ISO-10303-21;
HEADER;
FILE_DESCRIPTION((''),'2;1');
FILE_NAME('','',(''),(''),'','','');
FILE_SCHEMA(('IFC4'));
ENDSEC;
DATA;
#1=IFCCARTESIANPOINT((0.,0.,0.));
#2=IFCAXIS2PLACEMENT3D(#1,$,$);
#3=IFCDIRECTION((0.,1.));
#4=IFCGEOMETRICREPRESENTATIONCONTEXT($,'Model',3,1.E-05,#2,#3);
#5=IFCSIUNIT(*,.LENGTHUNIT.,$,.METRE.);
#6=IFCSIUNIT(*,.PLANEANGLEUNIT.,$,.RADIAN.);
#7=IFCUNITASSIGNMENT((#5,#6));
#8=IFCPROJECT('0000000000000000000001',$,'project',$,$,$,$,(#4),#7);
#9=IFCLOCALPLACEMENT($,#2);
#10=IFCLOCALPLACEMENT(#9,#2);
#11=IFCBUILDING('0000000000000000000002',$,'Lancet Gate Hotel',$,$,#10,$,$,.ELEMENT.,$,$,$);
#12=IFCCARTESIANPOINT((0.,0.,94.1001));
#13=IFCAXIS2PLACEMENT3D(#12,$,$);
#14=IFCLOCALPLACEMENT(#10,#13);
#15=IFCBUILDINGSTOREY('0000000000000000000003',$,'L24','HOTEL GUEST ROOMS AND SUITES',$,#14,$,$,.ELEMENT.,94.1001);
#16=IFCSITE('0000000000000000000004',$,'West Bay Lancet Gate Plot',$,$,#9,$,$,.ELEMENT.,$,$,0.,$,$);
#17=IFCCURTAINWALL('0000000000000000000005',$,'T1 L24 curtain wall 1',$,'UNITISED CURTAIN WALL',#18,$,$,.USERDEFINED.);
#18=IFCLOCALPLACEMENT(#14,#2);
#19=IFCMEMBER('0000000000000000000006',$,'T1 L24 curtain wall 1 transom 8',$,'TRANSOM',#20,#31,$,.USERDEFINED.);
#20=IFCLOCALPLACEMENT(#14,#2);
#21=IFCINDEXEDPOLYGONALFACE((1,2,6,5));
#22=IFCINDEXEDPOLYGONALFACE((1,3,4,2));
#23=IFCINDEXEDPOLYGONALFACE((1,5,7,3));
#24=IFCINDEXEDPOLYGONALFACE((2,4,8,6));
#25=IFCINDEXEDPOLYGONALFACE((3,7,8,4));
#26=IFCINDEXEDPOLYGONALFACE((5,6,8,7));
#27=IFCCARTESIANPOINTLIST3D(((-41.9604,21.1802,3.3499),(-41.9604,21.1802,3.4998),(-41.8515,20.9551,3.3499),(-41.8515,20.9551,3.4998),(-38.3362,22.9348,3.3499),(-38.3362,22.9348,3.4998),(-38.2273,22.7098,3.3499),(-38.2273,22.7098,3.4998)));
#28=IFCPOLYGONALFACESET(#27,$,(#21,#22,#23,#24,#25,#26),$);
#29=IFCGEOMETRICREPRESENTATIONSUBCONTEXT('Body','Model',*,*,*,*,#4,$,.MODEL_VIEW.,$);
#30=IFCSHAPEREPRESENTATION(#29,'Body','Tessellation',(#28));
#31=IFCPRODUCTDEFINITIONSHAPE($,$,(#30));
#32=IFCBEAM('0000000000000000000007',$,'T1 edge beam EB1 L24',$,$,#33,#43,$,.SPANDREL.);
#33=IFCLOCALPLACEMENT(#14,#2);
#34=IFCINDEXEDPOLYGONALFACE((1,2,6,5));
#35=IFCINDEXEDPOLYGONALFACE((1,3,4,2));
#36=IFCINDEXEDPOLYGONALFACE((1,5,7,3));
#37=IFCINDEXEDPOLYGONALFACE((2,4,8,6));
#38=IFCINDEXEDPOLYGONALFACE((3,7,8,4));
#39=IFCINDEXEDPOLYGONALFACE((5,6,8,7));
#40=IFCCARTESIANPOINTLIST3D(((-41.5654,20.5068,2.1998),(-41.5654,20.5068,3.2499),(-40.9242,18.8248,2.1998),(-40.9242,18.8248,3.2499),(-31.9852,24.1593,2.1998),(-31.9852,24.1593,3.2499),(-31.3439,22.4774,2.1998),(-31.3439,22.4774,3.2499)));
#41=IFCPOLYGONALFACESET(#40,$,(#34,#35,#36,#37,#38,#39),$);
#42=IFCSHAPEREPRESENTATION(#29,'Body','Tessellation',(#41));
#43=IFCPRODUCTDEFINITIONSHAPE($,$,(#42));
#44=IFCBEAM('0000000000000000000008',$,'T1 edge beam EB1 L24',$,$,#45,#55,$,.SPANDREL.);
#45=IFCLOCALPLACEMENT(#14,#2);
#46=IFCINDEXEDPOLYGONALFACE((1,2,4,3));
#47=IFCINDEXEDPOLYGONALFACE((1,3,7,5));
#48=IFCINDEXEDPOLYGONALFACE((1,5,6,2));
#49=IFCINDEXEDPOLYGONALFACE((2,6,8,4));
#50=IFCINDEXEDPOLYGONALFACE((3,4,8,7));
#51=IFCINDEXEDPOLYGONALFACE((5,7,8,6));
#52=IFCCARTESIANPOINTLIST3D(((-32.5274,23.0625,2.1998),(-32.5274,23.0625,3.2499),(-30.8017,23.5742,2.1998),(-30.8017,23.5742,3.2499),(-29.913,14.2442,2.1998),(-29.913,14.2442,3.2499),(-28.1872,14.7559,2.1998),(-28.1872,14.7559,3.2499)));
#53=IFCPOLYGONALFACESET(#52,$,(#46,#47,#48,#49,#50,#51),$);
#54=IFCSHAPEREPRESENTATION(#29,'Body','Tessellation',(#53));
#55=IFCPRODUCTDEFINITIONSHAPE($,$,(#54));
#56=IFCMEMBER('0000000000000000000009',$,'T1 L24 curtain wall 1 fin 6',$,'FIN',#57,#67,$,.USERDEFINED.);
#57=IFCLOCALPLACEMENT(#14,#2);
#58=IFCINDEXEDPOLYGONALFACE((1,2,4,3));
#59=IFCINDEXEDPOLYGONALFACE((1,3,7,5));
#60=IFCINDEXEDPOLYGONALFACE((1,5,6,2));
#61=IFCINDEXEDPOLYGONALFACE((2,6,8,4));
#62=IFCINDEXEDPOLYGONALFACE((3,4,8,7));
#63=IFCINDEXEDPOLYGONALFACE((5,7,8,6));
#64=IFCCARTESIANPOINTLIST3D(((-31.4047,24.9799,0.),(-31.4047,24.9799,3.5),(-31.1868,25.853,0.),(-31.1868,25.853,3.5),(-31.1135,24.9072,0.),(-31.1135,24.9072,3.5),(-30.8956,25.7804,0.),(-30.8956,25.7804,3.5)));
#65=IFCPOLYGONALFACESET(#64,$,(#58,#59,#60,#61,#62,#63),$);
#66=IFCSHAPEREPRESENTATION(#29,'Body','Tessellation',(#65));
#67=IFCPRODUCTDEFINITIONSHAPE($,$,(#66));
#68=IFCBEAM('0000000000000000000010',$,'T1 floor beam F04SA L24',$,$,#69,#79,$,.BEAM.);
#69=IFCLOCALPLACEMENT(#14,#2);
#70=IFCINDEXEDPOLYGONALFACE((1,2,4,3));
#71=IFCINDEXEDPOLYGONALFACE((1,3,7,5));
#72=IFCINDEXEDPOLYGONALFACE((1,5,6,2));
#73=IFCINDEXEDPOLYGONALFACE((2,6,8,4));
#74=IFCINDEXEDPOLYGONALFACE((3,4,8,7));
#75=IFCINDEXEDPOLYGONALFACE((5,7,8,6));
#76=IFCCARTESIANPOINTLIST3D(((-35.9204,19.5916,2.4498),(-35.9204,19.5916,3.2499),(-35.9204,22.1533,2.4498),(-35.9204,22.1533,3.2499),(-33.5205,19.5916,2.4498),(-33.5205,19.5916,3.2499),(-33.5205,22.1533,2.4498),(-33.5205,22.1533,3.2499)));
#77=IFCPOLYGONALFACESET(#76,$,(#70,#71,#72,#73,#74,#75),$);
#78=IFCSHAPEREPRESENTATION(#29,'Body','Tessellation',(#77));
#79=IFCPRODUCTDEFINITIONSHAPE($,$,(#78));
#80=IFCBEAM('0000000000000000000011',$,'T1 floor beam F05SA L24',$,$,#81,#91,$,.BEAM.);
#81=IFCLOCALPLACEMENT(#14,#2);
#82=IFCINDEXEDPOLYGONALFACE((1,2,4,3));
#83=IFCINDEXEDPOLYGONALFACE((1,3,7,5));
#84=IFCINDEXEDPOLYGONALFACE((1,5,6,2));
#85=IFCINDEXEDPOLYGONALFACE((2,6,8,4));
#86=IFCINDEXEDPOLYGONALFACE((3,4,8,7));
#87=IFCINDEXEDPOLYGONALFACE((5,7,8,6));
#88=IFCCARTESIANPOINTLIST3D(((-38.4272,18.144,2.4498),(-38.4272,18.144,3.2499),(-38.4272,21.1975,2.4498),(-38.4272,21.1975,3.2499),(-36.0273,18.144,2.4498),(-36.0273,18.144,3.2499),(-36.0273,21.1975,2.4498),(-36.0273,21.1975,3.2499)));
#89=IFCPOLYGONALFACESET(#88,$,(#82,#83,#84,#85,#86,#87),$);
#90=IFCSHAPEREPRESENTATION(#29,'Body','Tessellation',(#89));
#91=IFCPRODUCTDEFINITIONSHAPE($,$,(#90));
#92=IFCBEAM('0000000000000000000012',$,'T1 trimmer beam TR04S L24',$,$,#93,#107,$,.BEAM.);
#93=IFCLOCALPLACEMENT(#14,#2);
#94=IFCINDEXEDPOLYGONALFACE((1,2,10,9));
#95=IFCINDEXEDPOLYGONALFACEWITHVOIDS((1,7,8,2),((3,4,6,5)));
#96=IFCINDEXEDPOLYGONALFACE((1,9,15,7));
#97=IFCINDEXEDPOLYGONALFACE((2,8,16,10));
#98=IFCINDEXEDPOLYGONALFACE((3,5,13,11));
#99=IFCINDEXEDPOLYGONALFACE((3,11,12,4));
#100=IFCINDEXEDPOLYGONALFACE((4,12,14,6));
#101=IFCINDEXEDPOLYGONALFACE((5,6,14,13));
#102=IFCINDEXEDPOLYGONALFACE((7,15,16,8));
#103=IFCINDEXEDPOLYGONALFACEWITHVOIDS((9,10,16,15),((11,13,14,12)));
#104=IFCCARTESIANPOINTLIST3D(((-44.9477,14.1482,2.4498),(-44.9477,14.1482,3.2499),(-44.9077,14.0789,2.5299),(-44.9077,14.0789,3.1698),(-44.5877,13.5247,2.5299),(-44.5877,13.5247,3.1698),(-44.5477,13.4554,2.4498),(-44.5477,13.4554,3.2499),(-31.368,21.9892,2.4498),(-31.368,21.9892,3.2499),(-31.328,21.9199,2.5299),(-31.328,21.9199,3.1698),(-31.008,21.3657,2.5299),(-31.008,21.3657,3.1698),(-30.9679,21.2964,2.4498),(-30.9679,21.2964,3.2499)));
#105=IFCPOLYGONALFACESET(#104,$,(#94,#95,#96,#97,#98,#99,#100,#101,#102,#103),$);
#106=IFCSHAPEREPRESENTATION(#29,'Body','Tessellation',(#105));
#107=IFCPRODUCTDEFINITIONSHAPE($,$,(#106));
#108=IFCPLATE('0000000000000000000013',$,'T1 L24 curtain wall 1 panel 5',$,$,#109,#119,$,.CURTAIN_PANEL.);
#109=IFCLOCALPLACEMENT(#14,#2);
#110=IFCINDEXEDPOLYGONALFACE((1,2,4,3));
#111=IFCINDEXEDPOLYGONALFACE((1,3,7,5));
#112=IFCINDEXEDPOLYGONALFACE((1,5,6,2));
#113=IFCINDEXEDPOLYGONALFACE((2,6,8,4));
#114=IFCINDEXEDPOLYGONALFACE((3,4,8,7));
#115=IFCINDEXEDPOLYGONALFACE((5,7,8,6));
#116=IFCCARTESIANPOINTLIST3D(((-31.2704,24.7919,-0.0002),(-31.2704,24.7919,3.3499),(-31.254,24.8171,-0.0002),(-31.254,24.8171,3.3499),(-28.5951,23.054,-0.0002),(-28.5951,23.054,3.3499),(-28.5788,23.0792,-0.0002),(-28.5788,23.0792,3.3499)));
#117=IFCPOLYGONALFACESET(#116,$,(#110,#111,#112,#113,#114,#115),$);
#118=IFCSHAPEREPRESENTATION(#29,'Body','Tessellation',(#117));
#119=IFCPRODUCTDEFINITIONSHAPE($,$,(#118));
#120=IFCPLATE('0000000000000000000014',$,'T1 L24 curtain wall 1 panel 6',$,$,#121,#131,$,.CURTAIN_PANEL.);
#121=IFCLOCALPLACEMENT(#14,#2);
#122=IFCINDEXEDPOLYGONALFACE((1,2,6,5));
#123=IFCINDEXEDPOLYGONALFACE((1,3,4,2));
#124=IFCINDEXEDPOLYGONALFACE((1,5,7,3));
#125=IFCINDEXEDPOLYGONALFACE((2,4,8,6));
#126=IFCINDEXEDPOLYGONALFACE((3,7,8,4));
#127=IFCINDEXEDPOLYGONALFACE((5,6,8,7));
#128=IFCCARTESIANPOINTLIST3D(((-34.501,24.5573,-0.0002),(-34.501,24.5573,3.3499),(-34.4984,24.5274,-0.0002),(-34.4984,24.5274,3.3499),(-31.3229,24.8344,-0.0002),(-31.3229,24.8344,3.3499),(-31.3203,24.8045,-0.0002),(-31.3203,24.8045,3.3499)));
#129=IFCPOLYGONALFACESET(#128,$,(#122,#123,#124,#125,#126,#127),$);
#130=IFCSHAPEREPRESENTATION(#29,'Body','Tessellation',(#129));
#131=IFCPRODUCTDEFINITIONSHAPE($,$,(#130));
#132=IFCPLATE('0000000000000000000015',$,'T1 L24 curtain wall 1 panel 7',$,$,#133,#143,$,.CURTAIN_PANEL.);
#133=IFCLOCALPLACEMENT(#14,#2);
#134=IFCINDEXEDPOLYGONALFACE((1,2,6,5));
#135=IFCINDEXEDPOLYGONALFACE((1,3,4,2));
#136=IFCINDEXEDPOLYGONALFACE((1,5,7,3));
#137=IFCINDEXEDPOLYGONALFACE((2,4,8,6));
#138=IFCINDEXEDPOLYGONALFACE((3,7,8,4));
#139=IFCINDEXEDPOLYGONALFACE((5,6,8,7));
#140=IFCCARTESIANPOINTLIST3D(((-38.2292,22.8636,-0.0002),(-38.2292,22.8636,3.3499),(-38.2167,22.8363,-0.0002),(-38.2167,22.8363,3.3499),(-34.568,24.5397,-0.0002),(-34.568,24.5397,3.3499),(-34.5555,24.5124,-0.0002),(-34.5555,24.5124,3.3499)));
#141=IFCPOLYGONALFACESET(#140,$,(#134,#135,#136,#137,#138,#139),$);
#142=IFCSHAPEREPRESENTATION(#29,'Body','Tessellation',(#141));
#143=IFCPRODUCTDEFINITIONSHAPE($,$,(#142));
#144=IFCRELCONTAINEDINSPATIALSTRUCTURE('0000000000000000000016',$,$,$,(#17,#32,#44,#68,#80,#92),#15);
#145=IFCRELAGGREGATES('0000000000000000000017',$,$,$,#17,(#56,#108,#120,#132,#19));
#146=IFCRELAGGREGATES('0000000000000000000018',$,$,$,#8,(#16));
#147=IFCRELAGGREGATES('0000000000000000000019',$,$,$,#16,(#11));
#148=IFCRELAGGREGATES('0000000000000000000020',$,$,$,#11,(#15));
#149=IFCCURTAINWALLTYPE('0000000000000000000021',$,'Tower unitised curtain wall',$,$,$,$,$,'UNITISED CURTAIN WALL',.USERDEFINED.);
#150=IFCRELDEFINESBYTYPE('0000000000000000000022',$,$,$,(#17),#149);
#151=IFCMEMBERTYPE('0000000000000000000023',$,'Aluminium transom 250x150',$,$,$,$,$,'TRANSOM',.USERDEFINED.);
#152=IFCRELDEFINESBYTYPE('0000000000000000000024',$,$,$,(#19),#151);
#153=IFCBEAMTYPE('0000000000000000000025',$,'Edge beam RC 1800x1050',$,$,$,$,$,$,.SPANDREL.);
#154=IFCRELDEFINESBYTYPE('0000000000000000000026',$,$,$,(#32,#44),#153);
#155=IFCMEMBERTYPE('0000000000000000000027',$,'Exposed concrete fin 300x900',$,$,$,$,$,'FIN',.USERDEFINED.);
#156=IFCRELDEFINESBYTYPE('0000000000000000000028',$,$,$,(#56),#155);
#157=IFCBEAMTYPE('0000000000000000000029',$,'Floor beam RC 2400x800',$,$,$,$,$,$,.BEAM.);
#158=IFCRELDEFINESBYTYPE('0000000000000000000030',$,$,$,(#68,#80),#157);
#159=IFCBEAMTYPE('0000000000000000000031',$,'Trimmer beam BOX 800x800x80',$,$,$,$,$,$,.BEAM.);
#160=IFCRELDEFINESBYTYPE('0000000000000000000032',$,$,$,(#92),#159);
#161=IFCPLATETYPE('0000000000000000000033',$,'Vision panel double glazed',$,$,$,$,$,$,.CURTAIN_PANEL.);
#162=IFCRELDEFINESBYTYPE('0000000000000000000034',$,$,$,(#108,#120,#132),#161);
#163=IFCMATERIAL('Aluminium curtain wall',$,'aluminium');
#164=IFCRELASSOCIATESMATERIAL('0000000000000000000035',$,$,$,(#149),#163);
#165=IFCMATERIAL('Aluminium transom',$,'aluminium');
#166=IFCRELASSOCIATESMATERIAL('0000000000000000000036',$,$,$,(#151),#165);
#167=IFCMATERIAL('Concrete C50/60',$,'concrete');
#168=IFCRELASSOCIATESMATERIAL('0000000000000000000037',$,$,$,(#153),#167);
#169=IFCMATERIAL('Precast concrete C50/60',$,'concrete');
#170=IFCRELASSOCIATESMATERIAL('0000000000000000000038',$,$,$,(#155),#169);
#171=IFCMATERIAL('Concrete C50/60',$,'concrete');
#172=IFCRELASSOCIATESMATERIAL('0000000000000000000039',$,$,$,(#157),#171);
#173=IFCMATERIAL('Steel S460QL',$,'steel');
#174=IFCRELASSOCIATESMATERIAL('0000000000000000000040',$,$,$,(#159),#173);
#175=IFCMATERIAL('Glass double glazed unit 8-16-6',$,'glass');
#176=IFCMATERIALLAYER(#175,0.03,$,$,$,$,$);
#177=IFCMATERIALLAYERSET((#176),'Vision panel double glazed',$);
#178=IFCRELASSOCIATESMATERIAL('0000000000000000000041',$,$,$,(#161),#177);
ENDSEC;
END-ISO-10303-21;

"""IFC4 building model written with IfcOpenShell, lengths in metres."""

from ifc_helpers import new_model, si_unit, direction, frame, origin, origin_2d, place, context, subcontext, project, spatial, rectangle, hollow_rectangle, extrude, material, layer, layer_set, material_profile, profile_set, type_object, element, aggregate, save


model = new_model("IFC4")

# Units and contexts
model_context = context("Model", 3, precision=1e-05, world=origin(), true_north=direction((0.0, 1.0)))
body_context = subcontext(model_context, "Body", "Model", "MODEL_VIEW")
ifc_project = project(units=[si_unit("LENGTHUNIT", "METRE"), si_unit("PLANEANGLEUNIT", "RADIAN")], contexts=[model_context])

# Site, building, storey
site_placement = place(None, origin())
site = spatial("IfcSite", under=ifc_project, at=site_placement, Name="West Bay Lancet Gate Plot", CompositionType="ELEMENT", RefElevation=0.0)
building_placement = place(site_placement, origin())
building = spatial("IfcBuilding", under=site, at=building_placement, Name="Lancet Gate Hotel", CompositionType="ELEMENT")
storey_placement = place(building_placement, frame((0.0, 0.0, 94.1001)))
storey = spatial("IfcBuildingStorey", under=building, at=storey_placement, Name="L24", Description="HOTEL GUEST ROOMS AND SUITES", CompositionType="ELEMENT", Elevation=94.1001)

# Curtain wall, member
ifc_material_1 = material(Name="Aluminium curtain wall", Category="aluminium")
curtain_wall_type = type_object("IfcCurtainWallType", Name="Tower unitised curtain wall", ElementType="UNITISED CURTAIN WALL", PredefinedType="USERDEFINED", material=ifc_material_1)
curtain_wall_placement = place(storey_placement, origin())
curtain_wall = element("IfcCurtainWall", 1, at=curtain_wall_placement, inside=storey, type_object=curtain_wall_type, Name="T1 L24 curtain wall 1", ObjectType="UNITISED CURTAIN WALL", PredefinedType="USERDEFINED")
ifc_material_2 = material(Name="Aluminium transom", Category="aluminium")
ifc_material_profile_1 = material_profile(ifc_material_2, rectangle(XDim=0.25, YDim=0.1499, at=origin_2d()), Name="TRANSOM 250x150")
ifc_profile_set_1 = profile_set([ifc_material_profile_1], Name="Aluminium transom")
member_type_1 = type_object("IfcMemberType", Name="Aluminium transom 250x150", ElementType="TRANSOM", PredefinedType="USERDEFINED", material=ifc_profile_set_1)
member_1_placement = place(storey_placement, frame((-38.2817, 22.8223, 3.4248), z_axis=(-0.900066, -0.435754, 0.0), x_axis=(0.435754, -0.900066, 0.0)))
member_1 = element("IfcMember", 2, at=member_1_placement, type_object=member_type_1, Name="T1 L24 curtain wall 1 transom 8", ObjectType="TRANSOM", PredefinedType="USERDEFINED", context=body_context, shape_type="SweptSolid", body=[
    extrude(rectangle(XDim=0.25, YDim=0.1499, at=origin_2d()), origin(), (0.0, 0.0, 1.0), 4.0266),
])

# Beams
ifc_material_3 = material(Name="Concrete C50/60", Category="concrete")
ifc_material_profile_2 = material_profile(ifc_material_3, rectangle(XDim=1.8, YDim=1.05, at=origin_2d()), Name="RC 1800x1050")
ifc_profile_set_2 = profile_set([ifc_material_profile_2], Name="Concrete C50/60")
beam_type_1 = type_object("IfcBeamType", Name="Edge beam RC 1800x1050", PredefinedType="SPANDREL", material=ifc_profile_set_2)
beam_1_placement = place(storey_placement, frame((-31.6646, 23.3184, 2.7249), z_axis=(-0.934392, -0.356246, 0.0), x_axis=(0.356246, -0.934392, 0.0)))
element("IfcBeam", 3, at=beam_1_placement, inside=storey, type_object=beam_type_1, Name="T1 edge beam EB1 L24", PredefinedType="SPANDREL", context=body_context, shape_type="SweptSolid", body=[
    extrude(rectangle(XDim=1.8, YDim=1.05, at=origin_2d()), origin(), (0.0, 0.0, 1.0), 10.2529),
])
beam_2_placement = place(storey_placement, frame((-31.6646, 23.3184, 2.7249), z_axis=(0.284254, -0.958749, 0.0), x_axis=(0.958749, 0.284254, 0.0)))
element("IfcBeam", 4, at=beam_2_placement, inside=storey, type_object=beam_type_1, Name="T1 edge beam EB1 L24", PredefinedType="SPANDREL", context=body_context, shape_type="SweptSolid", body=[
    extrude(rectangle(XDim=1.8, YDim=1.05, at=origin_2d()), origin(), (0.0, 0.0, 1.0), 9.1978),
])

# Member
ifc_material_4 = material(Name="Precast concrete C50/60", Category="concrete")
ifc_material_profile_3 = material_profile(ifc_material_4, rectangle(XDim=0.3, YDim=0.8999, at=origin_2d()), Name="FIN 300x900")
ifc_profile_set_3 = profile_set([ifc_material_profile_3], Name="Precast concrete C50/60")
member_type_2 = type_object("IfcMemberType", Name="Exposed concrete fin 300x900", ElementType="FIN", PredefinedType="USERDEFINED", material=ifc_profile_set_3)
member_2_placement = place(storey_placement, frame((-31.1501, 25.3801, 0.0), z_axis=(0.0, 0.0, 1.0), x_axis=(-0.970242, 0.242137, 0.0)))
member_2 = element("IfcMember", 5, at=member_2_placement, type_object=member_type_2, Name="T1 L24 curtain wall 1 fin 6", ObjectType="FIN", PredefinedType="USERDEFINED", context=body_context, shape_type="SweptSolid", body=[
    extrude(rectangle(XDim=0.3, YDim=0.8999, at=origin_2d()), origin(), (0.0, 0.0, 1.0), 3.5),
])

# Beams
ifc_material_5 = material(Name="Concrete C50/60", Category="concrete")
ifc_material_profile_4 = material_profile(ifc_material_5, rectangle(XDim=2.3999, YDim=0.8, at=origin_2d()), Name="RC 2400x800")
ifc_profile_set_4 = profile_set([ifc_material_profile_4], Name="Concrete C50/60")
beam_type_2 = type_object("IfcBeamType", Name="Floor beam RC 2400x800", PredefinedType="BEAM", material=ifc_profile_set_4)
beam_3_placement = place(storey_placement, frame((-34.7205, 22.1533, 2.8499), z_axis=(0.0, -1.0, 0.0), x_axis=(1.0, 0.0, 0.0)))
element("IfcBeam", 6, at=beam_3_placement, inside=storey, type_object=beam_type_2, Name="T1 floor beam F04SA L24", PredefinedType="BEAM", context=body_context, shape_type="SweptSolid", body=[
    extrude(rectangle(XDim=2.3999, YDim=0.8, at=origin_2d()), origin(), (0.0, 0.0, 1.0), 2.5618),
])
beam_4_placement = place(storey_placement, frame((-37.2273, 21.1975, 2.8499), z_axis=(0.0, -1.0, 0.0), x_axis=(1.0, 0.0, 0.0)))
element("IfcBeam", 7, at=beam_4_placement, inside=storey, type_object=beam_type_2, Name="T1 floor beam F05SA L24", PredefinedType="BEAM", context=body_context, shape_type="SweptSolid", body=[
    extrude(rectangle(XDim=2.3999, YDim=0.8, at=origin_2d()), origin(), (0.0, 0.0, 1.0), 3.0535),
])
ifc_material_6 = material(Name="Steel S460QL", Category="steel")
ifc_material_profile_5 = material_profile(ifc_material_6, hollow_rectangle(XDim=0.8, YDim=0.8, WallThickness=0.0801, at=origin_2d()), Name="BOX 800x800x80")
ifc_profile_set_5 = profile_set([ifc_material_profile_5], Name="Steel S460QL")
beam_type_3 = type_object("IfcBeamType", Name="Trimmer beam BOX 800x800x80", PredefinedType="BEAM", material=ifc_profile_set_5)
beam_5_placement = place(storey_placement, frame((-31.168, 21.6428, 2.8499), z_axis=(-0.866005, -0.500036, 0.0), x_axis=(0.500036, -0.866005, 0.0)))
element("IfcBeam", 8, at=beam_5_placement, inside=storey, type_object=beam_type_3, Name="T1 trimmer beam TR04S L24", PredefinedType="BEAM", context=body_context, shape_type="SweptSolid", body=[
    extrude(hollow_rectangle(XDim=0.8, YDim=0.8, WallThickness=0.0801, at=origin_2d()), origin(), (0.0, 0.0, 1.0), 15.6809),
])

# Plates
ifc_material_7 = material(Name="Glass double glazed unit 8-16-6", Category="glass")
ifc_layer = layer(ifc_material_7, 0.03)
ifc_layer_set = layer_set([ifc_layer], Name="Vision panel double glazed")
plate_type = type_object("IfcPlateType", Name="Vision panel double glazed", PredefinedType="CURTAIN_PANEL", material=ifc_layer_set)
plate_1_placement = place(storey_placement, frame((-29.9246, 23.9355, -0.0002), z_axis=(0.0, 0.0, 1.0), x_axis=(-0.83858, 0.544778, 0.0)))
plate_1 = element("IfcPlate", 9, at=plate_1_placement, type_object=plate_type, Name="T1 L24 curtain wall 1 panel 5", PredefinedType="CURTAIN_PANEL", context=body_context, shape_type="SweptSolid", body=[
    extrude(rectangle(XDim=3.1902, YDim=0.03, at=origin_2d()), origin(), (0.0, 0.0, 1.0), 3.3501),
])
plate_2_placement = place(storey_placement, frame((-32.9106, 24.6809, -0.0002), z_axis=(0.0, 0.0, 1.0), x_axis=(-0.996219, -0.08688, 0.0)))
plate_2 = element("IfcPlate", 10, at=plate_2_placement, type_object=plate_type, Name="T1 L24 curtain wall 1 panel 6", PredefinedType="CURTAIN_PANEL", context=body_context, shape_type="SweptSolid", body=[
    extrude(rectangle(XDim=3.1902, YDim=0.03, at=origin_2d()), origin(), (0.0, 0.0, 1.0), 3.3501),
])
plate_3_placement = place(storey_placement, frame((-36.3923, 23.688, -0.0002), z_axis=(0.0, 0.0, 1.0), x_axis=(-0.909253, -0.416245, 0.0)))
plate_3 = element("IfcPlate", 11, at=plate_3_placement, type_object=plate_type, Name="T1 L24 curtain wall 1 panel 7", PredefinedType="CURTAIN_PANEL", context=body_context, shape_type="SweptSolid", body=[
    extrude(rectangle(XDim=4.0266, YDim=0.03, at=origin_2d()), origin(), (0.0, 0.0, 1.0), 3.3501),
])
aggregate(curtain_wall, [member_2, plate_1, plate_2, plate_3, member_1])

save(model, "model.ifc")
